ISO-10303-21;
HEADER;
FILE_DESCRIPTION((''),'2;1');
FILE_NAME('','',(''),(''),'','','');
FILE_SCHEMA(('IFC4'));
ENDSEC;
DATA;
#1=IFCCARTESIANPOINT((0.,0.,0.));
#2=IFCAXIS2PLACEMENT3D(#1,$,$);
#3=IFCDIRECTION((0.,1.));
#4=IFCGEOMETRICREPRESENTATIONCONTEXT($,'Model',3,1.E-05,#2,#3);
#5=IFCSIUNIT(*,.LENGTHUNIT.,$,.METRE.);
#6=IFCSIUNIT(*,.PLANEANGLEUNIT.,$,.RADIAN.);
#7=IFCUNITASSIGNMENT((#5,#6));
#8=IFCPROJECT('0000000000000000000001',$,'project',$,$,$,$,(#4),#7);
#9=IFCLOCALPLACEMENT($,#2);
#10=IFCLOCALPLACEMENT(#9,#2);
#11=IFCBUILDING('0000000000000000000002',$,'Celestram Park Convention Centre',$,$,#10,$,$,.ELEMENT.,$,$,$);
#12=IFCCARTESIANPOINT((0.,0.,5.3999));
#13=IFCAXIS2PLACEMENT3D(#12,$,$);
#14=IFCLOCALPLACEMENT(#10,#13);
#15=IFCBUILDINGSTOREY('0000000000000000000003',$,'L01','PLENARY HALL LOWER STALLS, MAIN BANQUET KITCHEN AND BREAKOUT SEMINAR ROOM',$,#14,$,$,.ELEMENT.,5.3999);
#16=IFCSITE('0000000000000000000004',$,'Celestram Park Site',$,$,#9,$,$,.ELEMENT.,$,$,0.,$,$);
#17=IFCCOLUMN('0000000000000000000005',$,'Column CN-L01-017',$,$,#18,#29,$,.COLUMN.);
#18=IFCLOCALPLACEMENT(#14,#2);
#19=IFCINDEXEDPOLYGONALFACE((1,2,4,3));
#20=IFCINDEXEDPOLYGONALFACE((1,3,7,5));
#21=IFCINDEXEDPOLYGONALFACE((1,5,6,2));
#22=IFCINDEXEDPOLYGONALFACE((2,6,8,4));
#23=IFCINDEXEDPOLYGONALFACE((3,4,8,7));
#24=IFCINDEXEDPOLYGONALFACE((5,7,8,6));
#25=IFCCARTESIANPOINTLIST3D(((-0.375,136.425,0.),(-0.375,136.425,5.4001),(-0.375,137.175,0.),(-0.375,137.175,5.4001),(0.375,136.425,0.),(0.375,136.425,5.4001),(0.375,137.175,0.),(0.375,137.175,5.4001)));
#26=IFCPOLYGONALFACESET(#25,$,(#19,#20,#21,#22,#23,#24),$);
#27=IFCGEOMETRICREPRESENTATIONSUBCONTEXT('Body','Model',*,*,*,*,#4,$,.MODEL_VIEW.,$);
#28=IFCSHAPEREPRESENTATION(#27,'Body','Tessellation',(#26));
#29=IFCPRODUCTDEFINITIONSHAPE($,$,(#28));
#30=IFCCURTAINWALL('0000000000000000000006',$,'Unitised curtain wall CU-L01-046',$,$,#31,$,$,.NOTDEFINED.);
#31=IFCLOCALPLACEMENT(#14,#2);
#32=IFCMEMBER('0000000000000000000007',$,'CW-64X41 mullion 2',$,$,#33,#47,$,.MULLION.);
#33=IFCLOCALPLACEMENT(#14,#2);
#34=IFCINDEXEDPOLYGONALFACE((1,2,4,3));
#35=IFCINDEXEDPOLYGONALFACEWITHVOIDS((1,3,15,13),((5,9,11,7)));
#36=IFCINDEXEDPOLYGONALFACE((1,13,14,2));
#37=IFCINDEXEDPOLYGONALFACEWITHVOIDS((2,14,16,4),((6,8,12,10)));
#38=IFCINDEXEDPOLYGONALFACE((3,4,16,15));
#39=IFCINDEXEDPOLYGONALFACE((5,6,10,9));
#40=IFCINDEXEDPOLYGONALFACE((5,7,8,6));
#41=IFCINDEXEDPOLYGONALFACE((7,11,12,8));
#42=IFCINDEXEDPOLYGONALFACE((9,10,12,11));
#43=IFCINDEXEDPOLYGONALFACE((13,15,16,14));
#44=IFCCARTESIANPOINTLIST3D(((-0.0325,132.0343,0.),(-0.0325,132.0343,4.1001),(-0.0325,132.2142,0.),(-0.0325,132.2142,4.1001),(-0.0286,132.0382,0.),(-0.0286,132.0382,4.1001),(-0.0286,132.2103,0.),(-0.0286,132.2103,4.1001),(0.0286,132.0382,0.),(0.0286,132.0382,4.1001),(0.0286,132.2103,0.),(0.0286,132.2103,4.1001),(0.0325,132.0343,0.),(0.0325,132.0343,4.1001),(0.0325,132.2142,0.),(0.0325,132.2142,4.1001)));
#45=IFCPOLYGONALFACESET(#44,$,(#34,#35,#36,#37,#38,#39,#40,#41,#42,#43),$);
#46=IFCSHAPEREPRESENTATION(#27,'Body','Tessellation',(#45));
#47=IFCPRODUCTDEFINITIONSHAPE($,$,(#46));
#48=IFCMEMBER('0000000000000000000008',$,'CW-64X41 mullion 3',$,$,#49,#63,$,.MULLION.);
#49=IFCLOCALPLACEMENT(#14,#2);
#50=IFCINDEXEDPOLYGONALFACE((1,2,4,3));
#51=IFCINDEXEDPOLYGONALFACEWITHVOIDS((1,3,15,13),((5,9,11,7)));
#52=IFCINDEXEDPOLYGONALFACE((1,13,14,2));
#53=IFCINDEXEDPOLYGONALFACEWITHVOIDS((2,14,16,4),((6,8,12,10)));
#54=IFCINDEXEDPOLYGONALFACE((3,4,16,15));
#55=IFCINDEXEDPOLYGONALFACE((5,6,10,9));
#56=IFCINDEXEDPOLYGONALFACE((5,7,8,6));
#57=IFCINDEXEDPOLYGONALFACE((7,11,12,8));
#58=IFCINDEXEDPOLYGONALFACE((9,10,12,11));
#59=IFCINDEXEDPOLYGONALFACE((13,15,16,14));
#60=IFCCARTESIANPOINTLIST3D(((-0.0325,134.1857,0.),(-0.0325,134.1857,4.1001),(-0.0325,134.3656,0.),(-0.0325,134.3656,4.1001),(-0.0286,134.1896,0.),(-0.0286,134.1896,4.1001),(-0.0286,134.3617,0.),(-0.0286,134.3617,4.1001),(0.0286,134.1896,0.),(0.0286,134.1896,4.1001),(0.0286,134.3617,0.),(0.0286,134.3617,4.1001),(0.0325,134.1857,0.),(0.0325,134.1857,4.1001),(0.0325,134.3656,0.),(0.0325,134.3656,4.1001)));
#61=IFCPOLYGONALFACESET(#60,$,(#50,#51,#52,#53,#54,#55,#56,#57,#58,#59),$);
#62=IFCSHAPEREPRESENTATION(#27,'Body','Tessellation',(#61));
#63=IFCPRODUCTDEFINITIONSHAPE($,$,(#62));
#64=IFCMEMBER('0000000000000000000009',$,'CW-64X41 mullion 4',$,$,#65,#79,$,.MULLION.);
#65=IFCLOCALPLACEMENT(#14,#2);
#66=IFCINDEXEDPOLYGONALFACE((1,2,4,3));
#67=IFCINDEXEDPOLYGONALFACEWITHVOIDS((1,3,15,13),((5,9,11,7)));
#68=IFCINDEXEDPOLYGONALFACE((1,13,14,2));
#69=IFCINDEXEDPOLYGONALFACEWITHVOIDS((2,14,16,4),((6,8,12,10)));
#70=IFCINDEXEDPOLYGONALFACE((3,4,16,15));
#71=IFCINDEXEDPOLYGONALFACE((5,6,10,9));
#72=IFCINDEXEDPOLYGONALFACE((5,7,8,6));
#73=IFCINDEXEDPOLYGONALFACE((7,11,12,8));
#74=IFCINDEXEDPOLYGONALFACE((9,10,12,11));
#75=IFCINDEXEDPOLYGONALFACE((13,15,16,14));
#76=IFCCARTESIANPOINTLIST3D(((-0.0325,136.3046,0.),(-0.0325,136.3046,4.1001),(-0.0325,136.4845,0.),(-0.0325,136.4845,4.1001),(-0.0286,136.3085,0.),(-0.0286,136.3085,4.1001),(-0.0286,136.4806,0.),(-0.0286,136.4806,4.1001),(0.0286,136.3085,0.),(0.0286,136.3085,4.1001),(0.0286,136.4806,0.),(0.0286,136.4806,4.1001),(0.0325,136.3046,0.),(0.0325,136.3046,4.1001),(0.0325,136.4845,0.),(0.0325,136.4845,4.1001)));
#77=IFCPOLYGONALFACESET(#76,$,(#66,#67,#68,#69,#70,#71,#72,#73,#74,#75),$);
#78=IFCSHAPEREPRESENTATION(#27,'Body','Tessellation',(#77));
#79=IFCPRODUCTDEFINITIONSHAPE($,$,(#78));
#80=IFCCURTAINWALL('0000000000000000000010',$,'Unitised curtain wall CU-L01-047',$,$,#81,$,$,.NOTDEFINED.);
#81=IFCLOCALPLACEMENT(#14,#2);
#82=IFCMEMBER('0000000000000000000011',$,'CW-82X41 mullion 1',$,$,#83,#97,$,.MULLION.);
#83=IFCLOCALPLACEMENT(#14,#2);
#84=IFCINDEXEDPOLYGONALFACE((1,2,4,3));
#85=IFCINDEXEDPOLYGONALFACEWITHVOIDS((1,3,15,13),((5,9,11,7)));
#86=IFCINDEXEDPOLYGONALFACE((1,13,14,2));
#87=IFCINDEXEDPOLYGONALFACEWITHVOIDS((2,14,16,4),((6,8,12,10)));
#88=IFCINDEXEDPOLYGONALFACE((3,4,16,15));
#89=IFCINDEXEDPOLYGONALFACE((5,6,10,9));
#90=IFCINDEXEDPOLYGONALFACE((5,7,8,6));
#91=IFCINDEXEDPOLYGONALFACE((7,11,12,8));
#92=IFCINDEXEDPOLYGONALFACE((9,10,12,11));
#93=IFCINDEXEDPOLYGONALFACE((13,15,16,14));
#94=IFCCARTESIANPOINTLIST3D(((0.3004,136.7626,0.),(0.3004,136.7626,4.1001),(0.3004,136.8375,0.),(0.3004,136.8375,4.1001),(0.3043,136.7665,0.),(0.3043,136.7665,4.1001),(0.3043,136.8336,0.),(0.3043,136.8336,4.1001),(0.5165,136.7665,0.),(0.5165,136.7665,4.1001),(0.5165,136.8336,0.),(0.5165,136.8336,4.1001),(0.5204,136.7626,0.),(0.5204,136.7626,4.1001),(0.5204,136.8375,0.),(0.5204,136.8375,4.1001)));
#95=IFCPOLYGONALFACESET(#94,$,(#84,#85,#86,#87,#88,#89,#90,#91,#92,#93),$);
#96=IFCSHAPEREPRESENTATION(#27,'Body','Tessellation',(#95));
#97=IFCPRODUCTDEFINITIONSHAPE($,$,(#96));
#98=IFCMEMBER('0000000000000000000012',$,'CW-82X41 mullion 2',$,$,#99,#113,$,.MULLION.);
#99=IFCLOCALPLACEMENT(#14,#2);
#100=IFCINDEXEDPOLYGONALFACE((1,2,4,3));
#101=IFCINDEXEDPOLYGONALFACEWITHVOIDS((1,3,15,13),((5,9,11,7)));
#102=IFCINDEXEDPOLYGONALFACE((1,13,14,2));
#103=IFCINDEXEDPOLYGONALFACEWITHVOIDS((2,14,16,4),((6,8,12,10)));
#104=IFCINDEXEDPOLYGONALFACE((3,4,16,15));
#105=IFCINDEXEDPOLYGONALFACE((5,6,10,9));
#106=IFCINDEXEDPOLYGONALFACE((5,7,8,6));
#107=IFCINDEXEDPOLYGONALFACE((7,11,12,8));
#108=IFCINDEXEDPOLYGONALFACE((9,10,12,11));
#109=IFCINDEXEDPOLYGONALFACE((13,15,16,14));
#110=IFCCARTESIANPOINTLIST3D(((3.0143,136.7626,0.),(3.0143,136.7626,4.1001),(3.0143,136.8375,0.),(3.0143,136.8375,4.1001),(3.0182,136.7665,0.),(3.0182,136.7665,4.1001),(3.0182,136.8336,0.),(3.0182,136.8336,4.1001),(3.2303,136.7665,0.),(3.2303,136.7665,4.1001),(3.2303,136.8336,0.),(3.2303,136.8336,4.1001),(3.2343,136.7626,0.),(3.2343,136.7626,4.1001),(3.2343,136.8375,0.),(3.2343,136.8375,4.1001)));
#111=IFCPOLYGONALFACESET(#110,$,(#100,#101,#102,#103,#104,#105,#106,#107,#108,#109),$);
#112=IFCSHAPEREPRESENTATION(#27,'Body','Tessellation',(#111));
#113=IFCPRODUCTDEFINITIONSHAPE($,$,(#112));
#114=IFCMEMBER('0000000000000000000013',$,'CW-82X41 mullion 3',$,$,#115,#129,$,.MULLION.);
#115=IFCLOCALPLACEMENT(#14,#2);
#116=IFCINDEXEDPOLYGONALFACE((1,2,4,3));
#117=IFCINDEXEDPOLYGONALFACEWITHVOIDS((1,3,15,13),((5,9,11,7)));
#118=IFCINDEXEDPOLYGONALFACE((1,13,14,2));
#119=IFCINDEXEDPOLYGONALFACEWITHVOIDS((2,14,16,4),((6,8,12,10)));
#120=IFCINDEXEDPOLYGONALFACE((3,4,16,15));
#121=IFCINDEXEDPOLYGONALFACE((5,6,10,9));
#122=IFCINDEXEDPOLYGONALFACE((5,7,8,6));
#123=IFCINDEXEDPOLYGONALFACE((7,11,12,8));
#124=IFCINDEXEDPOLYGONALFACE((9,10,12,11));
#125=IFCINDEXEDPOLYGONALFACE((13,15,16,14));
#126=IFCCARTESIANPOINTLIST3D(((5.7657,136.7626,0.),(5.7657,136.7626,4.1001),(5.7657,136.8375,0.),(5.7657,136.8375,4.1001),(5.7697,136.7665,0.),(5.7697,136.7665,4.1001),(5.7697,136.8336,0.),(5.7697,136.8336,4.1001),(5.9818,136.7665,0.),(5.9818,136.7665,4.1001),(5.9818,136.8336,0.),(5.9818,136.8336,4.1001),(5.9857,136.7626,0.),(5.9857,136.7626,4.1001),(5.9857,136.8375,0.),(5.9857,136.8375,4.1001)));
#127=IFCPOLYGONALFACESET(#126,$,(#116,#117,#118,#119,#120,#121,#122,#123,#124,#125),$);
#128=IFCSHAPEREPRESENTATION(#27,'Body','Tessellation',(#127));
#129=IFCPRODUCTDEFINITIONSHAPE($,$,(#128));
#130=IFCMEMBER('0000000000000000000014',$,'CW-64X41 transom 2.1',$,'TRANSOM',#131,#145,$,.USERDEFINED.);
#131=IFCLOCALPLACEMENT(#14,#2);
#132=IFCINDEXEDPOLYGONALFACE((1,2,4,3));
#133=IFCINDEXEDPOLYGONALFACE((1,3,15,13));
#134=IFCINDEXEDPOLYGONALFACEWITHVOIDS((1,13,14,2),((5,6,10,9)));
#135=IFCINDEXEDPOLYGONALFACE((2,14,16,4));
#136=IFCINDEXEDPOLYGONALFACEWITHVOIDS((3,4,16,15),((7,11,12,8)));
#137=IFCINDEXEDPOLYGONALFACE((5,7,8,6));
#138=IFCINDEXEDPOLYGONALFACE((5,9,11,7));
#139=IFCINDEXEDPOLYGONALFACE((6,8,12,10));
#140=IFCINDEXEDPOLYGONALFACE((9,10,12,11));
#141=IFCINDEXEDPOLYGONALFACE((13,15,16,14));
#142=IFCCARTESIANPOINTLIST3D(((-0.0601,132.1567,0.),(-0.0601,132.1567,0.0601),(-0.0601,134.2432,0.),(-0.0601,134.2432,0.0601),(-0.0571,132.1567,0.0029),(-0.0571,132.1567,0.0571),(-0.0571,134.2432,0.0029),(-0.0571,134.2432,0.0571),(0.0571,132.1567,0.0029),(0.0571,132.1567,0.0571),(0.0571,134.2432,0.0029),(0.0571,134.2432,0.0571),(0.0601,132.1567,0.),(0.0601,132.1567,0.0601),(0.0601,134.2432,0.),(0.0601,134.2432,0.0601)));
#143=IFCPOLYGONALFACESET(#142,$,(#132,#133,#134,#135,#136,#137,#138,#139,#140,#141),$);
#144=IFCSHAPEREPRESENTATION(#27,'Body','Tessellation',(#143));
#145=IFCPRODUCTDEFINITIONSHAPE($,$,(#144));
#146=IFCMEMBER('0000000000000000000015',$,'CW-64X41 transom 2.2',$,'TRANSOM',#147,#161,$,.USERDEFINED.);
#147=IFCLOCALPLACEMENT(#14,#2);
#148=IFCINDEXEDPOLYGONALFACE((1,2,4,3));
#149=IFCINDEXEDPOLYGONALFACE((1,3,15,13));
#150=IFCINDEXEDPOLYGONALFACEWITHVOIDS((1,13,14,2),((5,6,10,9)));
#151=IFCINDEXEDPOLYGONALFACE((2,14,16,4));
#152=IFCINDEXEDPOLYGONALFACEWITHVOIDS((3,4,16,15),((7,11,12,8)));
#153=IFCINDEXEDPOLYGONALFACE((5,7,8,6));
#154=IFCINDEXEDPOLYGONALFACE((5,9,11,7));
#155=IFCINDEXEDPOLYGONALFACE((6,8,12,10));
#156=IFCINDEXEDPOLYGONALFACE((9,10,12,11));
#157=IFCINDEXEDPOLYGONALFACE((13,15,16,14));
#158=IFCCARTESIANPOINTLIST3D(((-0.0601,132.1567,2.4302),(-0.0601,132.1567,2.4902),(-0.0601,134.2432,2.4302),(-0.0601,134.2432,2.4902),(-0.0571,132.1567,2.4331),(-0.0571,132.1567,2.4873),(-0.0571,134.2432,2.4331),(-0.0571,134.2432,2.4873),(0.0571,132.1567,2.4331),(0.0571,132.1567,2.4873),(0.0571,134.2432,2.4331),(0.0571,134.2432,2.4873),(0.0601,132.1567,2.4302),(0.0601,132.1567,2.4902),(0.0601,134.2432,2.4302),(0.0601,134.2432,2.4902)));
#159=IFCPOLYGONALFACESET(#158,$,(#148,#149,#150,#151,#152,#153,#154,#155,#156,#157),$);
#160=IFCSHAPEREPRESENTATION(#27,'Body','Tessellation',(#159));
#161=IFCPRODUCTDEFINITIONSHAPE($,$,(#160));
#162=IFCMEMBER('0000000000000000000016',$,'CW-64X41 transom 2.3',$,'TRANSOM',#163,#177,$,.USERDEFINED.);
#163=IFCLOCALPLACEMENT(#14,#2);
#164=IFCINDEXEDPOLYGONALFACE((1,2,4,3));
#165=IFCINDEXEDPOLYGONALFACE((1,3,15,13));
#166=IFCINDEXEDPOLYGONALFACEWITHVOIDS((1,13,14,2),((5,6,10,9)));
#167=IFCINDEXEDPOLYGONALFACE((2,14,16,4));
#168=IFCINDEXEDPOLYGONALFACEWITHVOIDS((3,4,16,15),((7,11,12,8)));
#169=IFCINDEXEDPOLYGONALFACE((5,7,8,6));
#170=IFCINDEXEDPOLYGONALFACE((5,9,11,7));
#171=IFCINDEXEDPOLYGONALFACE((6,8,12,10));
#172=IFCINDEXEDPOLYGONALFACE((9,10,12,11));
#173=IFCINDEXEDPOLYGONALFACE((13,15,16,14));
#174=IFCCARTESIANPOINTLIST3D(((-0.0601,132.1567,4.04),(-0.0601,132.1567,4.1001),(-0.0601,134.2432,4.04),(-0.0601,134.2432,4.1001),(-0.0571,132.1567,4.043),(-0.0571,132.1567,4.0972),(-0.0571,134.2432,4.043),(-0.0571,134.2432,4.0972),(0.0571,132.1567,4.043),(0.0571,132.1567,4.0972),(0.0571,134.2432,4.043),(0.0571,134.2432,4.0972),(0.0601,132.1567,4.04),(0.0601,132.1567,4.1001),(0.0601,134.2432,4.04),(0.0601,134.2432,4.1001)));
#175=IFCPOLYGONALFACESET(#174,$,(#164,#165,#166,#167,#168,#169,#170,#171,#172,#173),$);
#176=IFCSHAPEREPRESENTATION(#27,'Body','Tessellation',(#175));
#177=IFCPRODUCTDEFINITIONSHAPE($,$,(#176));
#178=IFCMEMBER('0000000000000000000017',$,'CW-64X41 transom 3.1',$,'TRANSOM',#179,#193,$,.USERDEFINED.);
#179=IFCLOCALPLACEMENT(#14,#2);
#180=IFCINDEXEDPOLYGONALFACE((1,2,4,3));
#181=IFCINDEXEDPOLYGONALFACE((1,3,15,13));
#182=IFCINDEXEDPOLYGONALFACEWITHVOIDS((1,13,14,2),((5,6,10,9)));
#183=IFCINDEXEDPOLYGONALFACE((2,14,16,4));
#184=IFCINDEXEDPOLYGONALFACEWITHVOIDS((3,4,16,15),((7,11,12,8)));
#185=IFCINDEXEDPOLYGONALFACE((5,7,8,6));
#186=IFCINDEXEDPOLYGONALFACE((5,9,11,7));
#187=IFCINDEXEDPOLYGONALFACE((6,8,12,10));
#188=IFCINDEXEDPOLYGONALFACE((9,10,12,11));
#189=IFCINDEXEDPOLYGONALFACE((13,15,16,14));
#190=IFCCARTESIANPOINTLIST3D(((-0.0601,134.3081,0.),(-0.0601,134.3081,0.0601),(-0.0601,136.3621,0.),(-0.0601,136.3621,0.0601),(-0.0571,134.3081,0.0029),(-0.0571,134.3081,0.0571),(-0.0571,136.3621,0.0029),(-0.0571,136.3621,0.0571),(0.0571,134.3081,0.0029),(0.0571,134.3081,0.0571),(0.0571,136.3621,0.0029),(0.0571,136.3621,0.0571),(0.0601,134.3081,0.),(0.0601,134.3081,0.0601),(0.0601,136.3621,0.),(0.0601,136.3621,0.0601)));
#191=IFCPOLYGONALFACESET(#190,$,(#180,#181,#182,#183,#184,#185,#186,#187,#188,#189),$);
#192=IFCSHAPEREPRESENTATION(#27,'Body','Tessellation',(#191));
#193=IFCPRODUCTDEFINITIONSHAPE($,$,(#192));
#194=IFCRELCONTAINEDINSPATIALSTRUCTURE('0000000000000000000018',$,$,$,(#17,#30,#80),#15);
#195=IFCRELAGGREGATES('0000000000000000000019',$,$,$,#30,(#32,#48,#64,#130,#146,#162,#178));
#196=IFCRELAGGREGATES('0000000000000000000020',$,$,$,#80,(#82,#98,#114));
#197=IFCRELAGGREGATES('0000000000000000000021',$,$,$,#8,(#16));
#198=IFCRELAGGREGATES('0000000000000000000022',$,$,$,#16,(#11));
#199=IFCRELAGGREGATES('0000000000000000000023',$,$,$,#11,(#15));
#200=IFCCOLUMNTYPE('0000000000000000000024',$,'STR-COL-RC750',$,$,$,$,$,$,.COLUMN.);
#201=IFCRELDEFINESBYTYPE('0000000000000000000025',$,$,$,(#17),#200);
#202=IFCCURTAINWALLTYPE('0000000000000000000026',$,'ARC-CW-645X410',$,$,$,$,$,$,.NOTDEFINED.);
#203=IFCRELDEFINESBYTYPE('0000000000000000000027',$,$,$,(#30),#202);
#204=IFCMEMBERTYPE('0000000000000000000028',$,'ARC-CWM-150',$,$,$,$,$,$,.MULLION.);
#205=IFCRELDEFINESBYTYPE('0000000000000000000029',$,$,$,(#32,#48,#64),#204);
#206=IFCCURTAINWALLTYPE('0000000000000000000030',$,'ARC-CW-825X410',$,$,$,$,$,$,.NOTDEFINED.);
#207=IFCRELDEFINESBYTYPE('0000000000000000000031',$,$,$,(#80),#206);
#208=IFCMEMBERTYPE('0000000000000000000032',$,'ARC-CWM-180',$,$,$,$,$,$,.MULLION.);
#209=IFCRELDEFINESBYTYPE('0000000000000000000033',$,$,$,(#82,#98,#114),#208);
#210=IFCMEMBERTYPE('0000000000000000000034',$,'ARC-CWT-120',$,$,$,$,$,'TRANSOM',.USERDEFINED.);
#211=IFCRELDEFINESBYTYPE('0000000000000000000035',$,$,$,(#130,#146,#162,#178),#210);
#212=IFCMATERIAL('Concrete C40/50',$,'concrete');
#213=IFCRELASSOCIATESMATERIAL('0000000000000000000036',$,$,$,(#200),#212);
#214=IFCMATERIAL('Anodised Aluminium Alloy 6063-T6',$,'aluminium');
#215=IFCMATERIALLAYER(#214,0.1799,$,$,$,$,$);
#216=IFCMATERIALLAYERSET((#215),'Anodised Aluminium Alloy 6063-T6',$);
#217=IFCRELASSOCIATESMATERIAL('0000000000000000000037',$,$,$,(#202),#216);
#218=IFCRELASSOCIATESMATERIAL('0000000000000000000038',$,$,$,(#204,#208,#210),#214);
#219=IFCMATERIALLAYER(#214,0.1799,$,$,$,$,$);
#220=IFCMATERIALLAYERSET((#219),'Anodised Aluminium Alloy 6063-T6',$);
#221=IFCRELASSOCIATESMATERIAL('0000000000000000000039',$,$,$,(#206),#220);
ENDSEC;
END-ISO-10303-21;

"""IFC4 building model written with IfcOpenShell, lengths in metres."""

from ifc_helpers import new_model, si_unit, direction, frame, origin, origin_2d, place, context, subcontext, project, spatial, rectangle, hollow_rectangle, extrude, material, layer, layer_set, material_profile, profile_set, type_object, element, aggregate, save


model = new_model("IFC4")

# Units and contexts
model_context = context("Model", 3, precision=1e-05, world=origin(), true_north=direction((0.0, 1.0)))
body_context = subcontext(model_context, "Body", "Model", "MODEL_VIEW")
ifc_project = project(units=[si_unit("LENGTHUNIT", "METRE"), si_unit("PLANEANGLEUNIT", "RADIAN")], contexts=[model_context])

# Site, building, storey
site_placement = place(None, origin())
site = spatial("IfcSite", under=ifc_project, at=site_placement, Name="Celestram Park Site", CompositionType="ELEMENT", RefElevation=0.0)
building_placement = place(site_placement, origin())
building = spatial("IfcBuilding", under=site, at=building_placement, Name="Celestram Park Convention Centre", CompositionType="ELEMENT")
storey_placement = place(building_placement, frame((0.0, 0.0, 5.3999)))
storey = spatial("IfcBuildingStorey", under=building, at=storey_placement, Name="L01", Description="PLENARY HALL LOWER STALLS, MAIN BANQUET KITCHEN AND BREAKOUT SEMINAR ROOM", CompositionType="ELEMENT", Elevation=5.3999)

# Column
ifc_material_1 = material(Name="Concrete C40/50", Category="concrete")
ifc_material_profile_1 = material_profile(ifc_material_1, rectangle(XDim=0.75, YDim=0.75, at=origin_2d()), Name="RC750X750")
ifc_profile_set_1 = profile_set([ifc_material_profile_1], Name="Concrete C40/50")
column_type = type_object("IfcColumnType", Name="STR-COL-RC750", PredefinedType="COLUMN", material=ifc_profile_set_1)
column_placement = place(storey_placement, frame((0.0, 136.8, 0.0), z_axis=(0.0, 0.0, 1.0), x_axis=(1.0, 0.0, 0.0)))
element("IfcColumn", 1, at=column_placement, inside=storey, type_object=column_type, Name="Column CN-L01-017", PredefinedType="COLUMN", context=body_context, shape_type="SweptSolid", body=[
    extrude(rectangle(XDim=0.75, YDim=0.75, at=origin_2d()), origin(), (0.0, 0.0, 1.0), 5.4001),
])

# Curtain walls, members
ifc_material_2 = material(Name="Anodised Aluminium Alloy 6063-T6", Category="aluminium")
ifc_layer_1 = layer(ifc_material_2, 0.1799)
ifc_layer_set_1 = layer_set([ifc_layer_1], Name="Anodised Aluminium Alloy 6063-T6")
curtain_wall_type_1 = type_object("IfcCurtainWallType", Name="ARC-CW-645X410", PredefinedType="NOTDEFINED", material=ifc_layer_set_1)
curtain_wall_1_placement = place(storey_placement, origin())
curtain_wall_1 = element("IfcCurtainWall", 2, at=curtain_wall_1_placement, inside=storey, type_object=curtain_wall_type_1, Name="Unitised curtain wall CU-L01-046", PredefinedType="NOTDEFINED")
ifc_material_profile_2 = material_profile(ifc_material_2, hollow_rectangle(XDim=0.0649, YDim=0.1799, WallThickness=0.0039, at=origin_2d()), Name="ALU65X180X4")
ifc_profile_set_2 = profile_set([ifc_material_profile_2], Name="Anodised Aluminium Alloy 6063-T6")
member_type_1 = type_object("IfcMemberType", Name="ARC-CWM-150", PredefinedType="MULLION", material=ifc_profile_set_2)
member_1_placement = place(storey_placement, frame((0.0, 132.1243, 0.0), z_axis=(0.0, 0.0, 1.0), x_axis=(-1.0, 0.0, 0.0)))
member_1 = element("IfcMember", 3, at=member_1_placement, type_object=member_type_1, Name="CW-64X41 mullion 2", PredefinedType="MULLION", context=body_context, shape_type="SweptSolid", body=[
    extrude(hollow_rectangle(XDim=0.0649, YDim=0.1799, WallThickness=0.0039, at=origin_2d()), origin(), (0.0, 0.0, 1.0), 4.1001),
])
member_2_placement = place(storey_placement, frame((0.0, 134.2756, 0.0), z_axis=(0.0, 0.0, 1.0), x_axis=(-1.0, 0.0, 0.0)))
member_2 = element("IfcMember", 4, at=member_2_placement, type_object=member_type_1, Name="CW-64X41 mullion 3", PredefinedType="MULLION", context=body_context, shape_type="SweptSolid", body=[
    extrude(hollow_rectangle(XDim=0.0649, YDim=0.1799, WallThickness=0.0039, at=origin_2d()), origin(), (0.0, 0.0, 1.0), 4.1001),
])
member_3_placement = place(storey_placement, frame((0.0, 136.3945, 0.0), z_axis=(0.0, 0.0, 1.0), x_axis=(-1.0, 0.0, 0.0)))
member_3 = element("IfcMember", 5, at=member_3_placement, type_object=member_type_1, Name="CW-64X41 mullion 4", PredefinedType="MULLION", context=body_context, shape_type="SweptSolid", body=[
    extrude(hollow_rectangle(XDim=0.0649, YDim=0.1799, WallThickness=0.0039, at=origin_2d()), origin(), (0.0, 0.0, 1.0), 4.1001),
])
ifc_layer_2 = layer(ifc_material_2, 0.1799)
ifc_layer_set_2 = layer_set([ifc_layer_2], Name="Anodised Aluminium Alloy 6063-T6")
curtain_wall_type_2 = type_object("IfcCurtainWallType", Name="ARC-CW-825X410", PredefinedType="NOTDEFINED", material=ifc_layer_set_2)
curtain_wall_2_placement = place(storey_placement, origin())
curtain_wall_2 = element("IfcCurtainWall", 6, at=curtain_wall_2_placement, inside=storey, type_object=curtain_wall_type_2, Name="Unitised curtain wall CU-L01-047", PredefinedType="NOTDEFINED")
ifc_material_profile_3 = material_profile(ifc_material_2, hollow_rectangle(XDim=0.075, YDim=0.22, WallThickness=0.0039, at=origin_2d()), Name="ALU75X220X4")
ifc_profile_set_3 = profile_set([ifc_material_profile_3], Name="Anodised Aluminium Alloy 6063-T6")
member_type_2 = type_object("IfcMemberType", Name="ARC-CWM-180", PredefinedType="MULLION", material=ifc_profile_set_3)
member_4_placement = place(storey_placement, frame((0.4104, 136.8, 0.0), z_axis=(0.0, 0.0, 1.0), x_axis=(0.0, 1.0, 0.0)))
member_4 = element("IfcMember", 7, at=member_4_placement, type_object=member_type_2, Name="CW-82X41 mullion 1", PredefinedType="MULLION", context=body_context, shape_type="SweptSolid", body=[
    extrude(hollow_rectangle(XDim=0.075, YDim=0.22, WallThickness=0.0039, at=origin_2d()), origin(), (0.0, 0.0, 1.0), 4.1001),
])
member_5_placement = place(storey_placement, frame((3.1243, 136.8, 0.0), z_axis=(0.0, 0.0, 1.0), x_axis=(0.0, 1.0, 0.0)))
member_5 = element("IfcMember", 8, at=member_5_placement, type_object=member_type_2, Name="CW-82X41 mullion 2", PredefinedType="MULLION", context=body_context, shape_type="SweptSolid", body=[
    extrude(hollow_rectangle(XDim=0.075, YDim=0.22, WallThickness=0.0039, at=origin_2d()), origin(), (0.0, 0.0, 1.0), 4.1001),
])
member_6_placement = place(storey_placement, frame((5.8757, 136.8, 0.0), z_axis=(0.0, 0.0, 1.0), x_axis=(0.0, 1.0, 0.0)))
member_6 = element("IfcMember", 9, at=member_6_placement, type_object=member_type_2, Name="CW-82X41 mullion 3", PredefinedType="MULLION", context=body_context, shape_type="SweptSolid", body=[
    extrude(hollow_rectangle(XDim=0.075, YDim=0.22, WallThickness=0.0039, at=origin_2d()), origin(), (0.0, 0.0, 1.0), 4.1001),
])

# Members
ifc_material_profile_4 = material_profile(ifc_material_2, hollow_rectangle(XDim=0.1201, YDim=0.0601, WallThickness=0.0029, at=origin_2d()), Name="ALU120X60X3")
ifc_profile_set_4 = profile_set([ifc_material_profile_4], Name="Anodised Aluminium Alloy 6063-T6")
member_type_3 = type_object("IfcMemberType", Name="ARC-CWT-120", ElementType="TRANSOM", PredefinedType="USERDEFINED", material=ifc_profile_set_4)
member_7_placement = place(storey_placement, frame((0.0, 132.1567, 0.03), z_axis=(0.0, 1.0, 0.0), x_axis=(-1.0, 0.0, 0.0)))
member_7 = element("IfcMember", 10, at=member_7_placement, type_object=member_type_3, Name="CW-64X41 transom 2.1", ObjectType="TRANSOM", PredefinedType="USERDEFINED", context=body_context, shape_type="SweptSolid", body=[
    extrude(hollow_rectangle(XDim=0.1201, YDim=0.0601, WallThickness=0.0029, at=origin_2d()), origin(), (0.0, 0.0, 1.0), 2.0864),
])
member_8_placement = place(storey_placement, frame((0.0, 132.1567, 2.4602), z_axis=(0.0, 1.0, 0.0), x_axis=(-1.0, 0.0, 0.0)))
member_8 = element("IfcMember", 11, at=member_8_placement, type_object=member_type_3, Name="CW-64X41 transom 2.2", ObjectType="TRANSOM", PredefinedType="USERDEFINED", context=body_context, shape_type="SweptSolid", body=[
    extrude(hollow_rectangle(XDim=0.1201, YDim=0.0601, WallThickness=0.0029, at=origin_2d()), origin(), (0.0, 0.0, 1.0), 2.0864),
])
member_9_placement = place(storey_placement, frame((0.0, 132.1567, 4.0701), z_axis=(0.0, 1.0, 0.0), x_axis=(-1.0, 0.0, 0.0)))
member_9 = element("IfcMember", 12, at=member_9_placement, type_object=member_type_3, Name="CW-64X41 transom 2.3", ObjectType="TRANSOM", PredefinedType="USERDEFINED", context=body_context, shape_type="SweptSolid", body=[
    extrude(hollow_rectangle(XDim=0.1201, YDim=0.0601, WallThickness=0.0029, at=origin_2d()), origin(), (0.0, 0.0, 1.0), 2.0864),
])
member_10_placement = place(storey_placement, frame((0.0, 134.3081, 0.03), z_axis=(0.0, 1.0, 0.0), x_axis=(-1.0, 0.0, 0.0)))
member_10 = element("IfcMember", 13, at=member_10_placement, type_object=member_type_3, Name="CW-64X41 transom 3.1", ObjectType="TRANSOM", PredefinedType="USERDEFINED", context=body_context, shape_type="SweptSolid", body=[
    extrude(hollow_rectangle(XDim=0.1201, YDim=0.0601, WallThickness=0.0029, at=origin_2d()), origin(), (0.0, 0.0, 1.0), 2.054),
])

aggregate(curtain_wall_1, [member_1, member_2, member_3, member_7, member_8, member_9, member_10])
aggregate(curtain_wall_2, [member_4, member_5, member_6])

save(model, "model.ifc")
